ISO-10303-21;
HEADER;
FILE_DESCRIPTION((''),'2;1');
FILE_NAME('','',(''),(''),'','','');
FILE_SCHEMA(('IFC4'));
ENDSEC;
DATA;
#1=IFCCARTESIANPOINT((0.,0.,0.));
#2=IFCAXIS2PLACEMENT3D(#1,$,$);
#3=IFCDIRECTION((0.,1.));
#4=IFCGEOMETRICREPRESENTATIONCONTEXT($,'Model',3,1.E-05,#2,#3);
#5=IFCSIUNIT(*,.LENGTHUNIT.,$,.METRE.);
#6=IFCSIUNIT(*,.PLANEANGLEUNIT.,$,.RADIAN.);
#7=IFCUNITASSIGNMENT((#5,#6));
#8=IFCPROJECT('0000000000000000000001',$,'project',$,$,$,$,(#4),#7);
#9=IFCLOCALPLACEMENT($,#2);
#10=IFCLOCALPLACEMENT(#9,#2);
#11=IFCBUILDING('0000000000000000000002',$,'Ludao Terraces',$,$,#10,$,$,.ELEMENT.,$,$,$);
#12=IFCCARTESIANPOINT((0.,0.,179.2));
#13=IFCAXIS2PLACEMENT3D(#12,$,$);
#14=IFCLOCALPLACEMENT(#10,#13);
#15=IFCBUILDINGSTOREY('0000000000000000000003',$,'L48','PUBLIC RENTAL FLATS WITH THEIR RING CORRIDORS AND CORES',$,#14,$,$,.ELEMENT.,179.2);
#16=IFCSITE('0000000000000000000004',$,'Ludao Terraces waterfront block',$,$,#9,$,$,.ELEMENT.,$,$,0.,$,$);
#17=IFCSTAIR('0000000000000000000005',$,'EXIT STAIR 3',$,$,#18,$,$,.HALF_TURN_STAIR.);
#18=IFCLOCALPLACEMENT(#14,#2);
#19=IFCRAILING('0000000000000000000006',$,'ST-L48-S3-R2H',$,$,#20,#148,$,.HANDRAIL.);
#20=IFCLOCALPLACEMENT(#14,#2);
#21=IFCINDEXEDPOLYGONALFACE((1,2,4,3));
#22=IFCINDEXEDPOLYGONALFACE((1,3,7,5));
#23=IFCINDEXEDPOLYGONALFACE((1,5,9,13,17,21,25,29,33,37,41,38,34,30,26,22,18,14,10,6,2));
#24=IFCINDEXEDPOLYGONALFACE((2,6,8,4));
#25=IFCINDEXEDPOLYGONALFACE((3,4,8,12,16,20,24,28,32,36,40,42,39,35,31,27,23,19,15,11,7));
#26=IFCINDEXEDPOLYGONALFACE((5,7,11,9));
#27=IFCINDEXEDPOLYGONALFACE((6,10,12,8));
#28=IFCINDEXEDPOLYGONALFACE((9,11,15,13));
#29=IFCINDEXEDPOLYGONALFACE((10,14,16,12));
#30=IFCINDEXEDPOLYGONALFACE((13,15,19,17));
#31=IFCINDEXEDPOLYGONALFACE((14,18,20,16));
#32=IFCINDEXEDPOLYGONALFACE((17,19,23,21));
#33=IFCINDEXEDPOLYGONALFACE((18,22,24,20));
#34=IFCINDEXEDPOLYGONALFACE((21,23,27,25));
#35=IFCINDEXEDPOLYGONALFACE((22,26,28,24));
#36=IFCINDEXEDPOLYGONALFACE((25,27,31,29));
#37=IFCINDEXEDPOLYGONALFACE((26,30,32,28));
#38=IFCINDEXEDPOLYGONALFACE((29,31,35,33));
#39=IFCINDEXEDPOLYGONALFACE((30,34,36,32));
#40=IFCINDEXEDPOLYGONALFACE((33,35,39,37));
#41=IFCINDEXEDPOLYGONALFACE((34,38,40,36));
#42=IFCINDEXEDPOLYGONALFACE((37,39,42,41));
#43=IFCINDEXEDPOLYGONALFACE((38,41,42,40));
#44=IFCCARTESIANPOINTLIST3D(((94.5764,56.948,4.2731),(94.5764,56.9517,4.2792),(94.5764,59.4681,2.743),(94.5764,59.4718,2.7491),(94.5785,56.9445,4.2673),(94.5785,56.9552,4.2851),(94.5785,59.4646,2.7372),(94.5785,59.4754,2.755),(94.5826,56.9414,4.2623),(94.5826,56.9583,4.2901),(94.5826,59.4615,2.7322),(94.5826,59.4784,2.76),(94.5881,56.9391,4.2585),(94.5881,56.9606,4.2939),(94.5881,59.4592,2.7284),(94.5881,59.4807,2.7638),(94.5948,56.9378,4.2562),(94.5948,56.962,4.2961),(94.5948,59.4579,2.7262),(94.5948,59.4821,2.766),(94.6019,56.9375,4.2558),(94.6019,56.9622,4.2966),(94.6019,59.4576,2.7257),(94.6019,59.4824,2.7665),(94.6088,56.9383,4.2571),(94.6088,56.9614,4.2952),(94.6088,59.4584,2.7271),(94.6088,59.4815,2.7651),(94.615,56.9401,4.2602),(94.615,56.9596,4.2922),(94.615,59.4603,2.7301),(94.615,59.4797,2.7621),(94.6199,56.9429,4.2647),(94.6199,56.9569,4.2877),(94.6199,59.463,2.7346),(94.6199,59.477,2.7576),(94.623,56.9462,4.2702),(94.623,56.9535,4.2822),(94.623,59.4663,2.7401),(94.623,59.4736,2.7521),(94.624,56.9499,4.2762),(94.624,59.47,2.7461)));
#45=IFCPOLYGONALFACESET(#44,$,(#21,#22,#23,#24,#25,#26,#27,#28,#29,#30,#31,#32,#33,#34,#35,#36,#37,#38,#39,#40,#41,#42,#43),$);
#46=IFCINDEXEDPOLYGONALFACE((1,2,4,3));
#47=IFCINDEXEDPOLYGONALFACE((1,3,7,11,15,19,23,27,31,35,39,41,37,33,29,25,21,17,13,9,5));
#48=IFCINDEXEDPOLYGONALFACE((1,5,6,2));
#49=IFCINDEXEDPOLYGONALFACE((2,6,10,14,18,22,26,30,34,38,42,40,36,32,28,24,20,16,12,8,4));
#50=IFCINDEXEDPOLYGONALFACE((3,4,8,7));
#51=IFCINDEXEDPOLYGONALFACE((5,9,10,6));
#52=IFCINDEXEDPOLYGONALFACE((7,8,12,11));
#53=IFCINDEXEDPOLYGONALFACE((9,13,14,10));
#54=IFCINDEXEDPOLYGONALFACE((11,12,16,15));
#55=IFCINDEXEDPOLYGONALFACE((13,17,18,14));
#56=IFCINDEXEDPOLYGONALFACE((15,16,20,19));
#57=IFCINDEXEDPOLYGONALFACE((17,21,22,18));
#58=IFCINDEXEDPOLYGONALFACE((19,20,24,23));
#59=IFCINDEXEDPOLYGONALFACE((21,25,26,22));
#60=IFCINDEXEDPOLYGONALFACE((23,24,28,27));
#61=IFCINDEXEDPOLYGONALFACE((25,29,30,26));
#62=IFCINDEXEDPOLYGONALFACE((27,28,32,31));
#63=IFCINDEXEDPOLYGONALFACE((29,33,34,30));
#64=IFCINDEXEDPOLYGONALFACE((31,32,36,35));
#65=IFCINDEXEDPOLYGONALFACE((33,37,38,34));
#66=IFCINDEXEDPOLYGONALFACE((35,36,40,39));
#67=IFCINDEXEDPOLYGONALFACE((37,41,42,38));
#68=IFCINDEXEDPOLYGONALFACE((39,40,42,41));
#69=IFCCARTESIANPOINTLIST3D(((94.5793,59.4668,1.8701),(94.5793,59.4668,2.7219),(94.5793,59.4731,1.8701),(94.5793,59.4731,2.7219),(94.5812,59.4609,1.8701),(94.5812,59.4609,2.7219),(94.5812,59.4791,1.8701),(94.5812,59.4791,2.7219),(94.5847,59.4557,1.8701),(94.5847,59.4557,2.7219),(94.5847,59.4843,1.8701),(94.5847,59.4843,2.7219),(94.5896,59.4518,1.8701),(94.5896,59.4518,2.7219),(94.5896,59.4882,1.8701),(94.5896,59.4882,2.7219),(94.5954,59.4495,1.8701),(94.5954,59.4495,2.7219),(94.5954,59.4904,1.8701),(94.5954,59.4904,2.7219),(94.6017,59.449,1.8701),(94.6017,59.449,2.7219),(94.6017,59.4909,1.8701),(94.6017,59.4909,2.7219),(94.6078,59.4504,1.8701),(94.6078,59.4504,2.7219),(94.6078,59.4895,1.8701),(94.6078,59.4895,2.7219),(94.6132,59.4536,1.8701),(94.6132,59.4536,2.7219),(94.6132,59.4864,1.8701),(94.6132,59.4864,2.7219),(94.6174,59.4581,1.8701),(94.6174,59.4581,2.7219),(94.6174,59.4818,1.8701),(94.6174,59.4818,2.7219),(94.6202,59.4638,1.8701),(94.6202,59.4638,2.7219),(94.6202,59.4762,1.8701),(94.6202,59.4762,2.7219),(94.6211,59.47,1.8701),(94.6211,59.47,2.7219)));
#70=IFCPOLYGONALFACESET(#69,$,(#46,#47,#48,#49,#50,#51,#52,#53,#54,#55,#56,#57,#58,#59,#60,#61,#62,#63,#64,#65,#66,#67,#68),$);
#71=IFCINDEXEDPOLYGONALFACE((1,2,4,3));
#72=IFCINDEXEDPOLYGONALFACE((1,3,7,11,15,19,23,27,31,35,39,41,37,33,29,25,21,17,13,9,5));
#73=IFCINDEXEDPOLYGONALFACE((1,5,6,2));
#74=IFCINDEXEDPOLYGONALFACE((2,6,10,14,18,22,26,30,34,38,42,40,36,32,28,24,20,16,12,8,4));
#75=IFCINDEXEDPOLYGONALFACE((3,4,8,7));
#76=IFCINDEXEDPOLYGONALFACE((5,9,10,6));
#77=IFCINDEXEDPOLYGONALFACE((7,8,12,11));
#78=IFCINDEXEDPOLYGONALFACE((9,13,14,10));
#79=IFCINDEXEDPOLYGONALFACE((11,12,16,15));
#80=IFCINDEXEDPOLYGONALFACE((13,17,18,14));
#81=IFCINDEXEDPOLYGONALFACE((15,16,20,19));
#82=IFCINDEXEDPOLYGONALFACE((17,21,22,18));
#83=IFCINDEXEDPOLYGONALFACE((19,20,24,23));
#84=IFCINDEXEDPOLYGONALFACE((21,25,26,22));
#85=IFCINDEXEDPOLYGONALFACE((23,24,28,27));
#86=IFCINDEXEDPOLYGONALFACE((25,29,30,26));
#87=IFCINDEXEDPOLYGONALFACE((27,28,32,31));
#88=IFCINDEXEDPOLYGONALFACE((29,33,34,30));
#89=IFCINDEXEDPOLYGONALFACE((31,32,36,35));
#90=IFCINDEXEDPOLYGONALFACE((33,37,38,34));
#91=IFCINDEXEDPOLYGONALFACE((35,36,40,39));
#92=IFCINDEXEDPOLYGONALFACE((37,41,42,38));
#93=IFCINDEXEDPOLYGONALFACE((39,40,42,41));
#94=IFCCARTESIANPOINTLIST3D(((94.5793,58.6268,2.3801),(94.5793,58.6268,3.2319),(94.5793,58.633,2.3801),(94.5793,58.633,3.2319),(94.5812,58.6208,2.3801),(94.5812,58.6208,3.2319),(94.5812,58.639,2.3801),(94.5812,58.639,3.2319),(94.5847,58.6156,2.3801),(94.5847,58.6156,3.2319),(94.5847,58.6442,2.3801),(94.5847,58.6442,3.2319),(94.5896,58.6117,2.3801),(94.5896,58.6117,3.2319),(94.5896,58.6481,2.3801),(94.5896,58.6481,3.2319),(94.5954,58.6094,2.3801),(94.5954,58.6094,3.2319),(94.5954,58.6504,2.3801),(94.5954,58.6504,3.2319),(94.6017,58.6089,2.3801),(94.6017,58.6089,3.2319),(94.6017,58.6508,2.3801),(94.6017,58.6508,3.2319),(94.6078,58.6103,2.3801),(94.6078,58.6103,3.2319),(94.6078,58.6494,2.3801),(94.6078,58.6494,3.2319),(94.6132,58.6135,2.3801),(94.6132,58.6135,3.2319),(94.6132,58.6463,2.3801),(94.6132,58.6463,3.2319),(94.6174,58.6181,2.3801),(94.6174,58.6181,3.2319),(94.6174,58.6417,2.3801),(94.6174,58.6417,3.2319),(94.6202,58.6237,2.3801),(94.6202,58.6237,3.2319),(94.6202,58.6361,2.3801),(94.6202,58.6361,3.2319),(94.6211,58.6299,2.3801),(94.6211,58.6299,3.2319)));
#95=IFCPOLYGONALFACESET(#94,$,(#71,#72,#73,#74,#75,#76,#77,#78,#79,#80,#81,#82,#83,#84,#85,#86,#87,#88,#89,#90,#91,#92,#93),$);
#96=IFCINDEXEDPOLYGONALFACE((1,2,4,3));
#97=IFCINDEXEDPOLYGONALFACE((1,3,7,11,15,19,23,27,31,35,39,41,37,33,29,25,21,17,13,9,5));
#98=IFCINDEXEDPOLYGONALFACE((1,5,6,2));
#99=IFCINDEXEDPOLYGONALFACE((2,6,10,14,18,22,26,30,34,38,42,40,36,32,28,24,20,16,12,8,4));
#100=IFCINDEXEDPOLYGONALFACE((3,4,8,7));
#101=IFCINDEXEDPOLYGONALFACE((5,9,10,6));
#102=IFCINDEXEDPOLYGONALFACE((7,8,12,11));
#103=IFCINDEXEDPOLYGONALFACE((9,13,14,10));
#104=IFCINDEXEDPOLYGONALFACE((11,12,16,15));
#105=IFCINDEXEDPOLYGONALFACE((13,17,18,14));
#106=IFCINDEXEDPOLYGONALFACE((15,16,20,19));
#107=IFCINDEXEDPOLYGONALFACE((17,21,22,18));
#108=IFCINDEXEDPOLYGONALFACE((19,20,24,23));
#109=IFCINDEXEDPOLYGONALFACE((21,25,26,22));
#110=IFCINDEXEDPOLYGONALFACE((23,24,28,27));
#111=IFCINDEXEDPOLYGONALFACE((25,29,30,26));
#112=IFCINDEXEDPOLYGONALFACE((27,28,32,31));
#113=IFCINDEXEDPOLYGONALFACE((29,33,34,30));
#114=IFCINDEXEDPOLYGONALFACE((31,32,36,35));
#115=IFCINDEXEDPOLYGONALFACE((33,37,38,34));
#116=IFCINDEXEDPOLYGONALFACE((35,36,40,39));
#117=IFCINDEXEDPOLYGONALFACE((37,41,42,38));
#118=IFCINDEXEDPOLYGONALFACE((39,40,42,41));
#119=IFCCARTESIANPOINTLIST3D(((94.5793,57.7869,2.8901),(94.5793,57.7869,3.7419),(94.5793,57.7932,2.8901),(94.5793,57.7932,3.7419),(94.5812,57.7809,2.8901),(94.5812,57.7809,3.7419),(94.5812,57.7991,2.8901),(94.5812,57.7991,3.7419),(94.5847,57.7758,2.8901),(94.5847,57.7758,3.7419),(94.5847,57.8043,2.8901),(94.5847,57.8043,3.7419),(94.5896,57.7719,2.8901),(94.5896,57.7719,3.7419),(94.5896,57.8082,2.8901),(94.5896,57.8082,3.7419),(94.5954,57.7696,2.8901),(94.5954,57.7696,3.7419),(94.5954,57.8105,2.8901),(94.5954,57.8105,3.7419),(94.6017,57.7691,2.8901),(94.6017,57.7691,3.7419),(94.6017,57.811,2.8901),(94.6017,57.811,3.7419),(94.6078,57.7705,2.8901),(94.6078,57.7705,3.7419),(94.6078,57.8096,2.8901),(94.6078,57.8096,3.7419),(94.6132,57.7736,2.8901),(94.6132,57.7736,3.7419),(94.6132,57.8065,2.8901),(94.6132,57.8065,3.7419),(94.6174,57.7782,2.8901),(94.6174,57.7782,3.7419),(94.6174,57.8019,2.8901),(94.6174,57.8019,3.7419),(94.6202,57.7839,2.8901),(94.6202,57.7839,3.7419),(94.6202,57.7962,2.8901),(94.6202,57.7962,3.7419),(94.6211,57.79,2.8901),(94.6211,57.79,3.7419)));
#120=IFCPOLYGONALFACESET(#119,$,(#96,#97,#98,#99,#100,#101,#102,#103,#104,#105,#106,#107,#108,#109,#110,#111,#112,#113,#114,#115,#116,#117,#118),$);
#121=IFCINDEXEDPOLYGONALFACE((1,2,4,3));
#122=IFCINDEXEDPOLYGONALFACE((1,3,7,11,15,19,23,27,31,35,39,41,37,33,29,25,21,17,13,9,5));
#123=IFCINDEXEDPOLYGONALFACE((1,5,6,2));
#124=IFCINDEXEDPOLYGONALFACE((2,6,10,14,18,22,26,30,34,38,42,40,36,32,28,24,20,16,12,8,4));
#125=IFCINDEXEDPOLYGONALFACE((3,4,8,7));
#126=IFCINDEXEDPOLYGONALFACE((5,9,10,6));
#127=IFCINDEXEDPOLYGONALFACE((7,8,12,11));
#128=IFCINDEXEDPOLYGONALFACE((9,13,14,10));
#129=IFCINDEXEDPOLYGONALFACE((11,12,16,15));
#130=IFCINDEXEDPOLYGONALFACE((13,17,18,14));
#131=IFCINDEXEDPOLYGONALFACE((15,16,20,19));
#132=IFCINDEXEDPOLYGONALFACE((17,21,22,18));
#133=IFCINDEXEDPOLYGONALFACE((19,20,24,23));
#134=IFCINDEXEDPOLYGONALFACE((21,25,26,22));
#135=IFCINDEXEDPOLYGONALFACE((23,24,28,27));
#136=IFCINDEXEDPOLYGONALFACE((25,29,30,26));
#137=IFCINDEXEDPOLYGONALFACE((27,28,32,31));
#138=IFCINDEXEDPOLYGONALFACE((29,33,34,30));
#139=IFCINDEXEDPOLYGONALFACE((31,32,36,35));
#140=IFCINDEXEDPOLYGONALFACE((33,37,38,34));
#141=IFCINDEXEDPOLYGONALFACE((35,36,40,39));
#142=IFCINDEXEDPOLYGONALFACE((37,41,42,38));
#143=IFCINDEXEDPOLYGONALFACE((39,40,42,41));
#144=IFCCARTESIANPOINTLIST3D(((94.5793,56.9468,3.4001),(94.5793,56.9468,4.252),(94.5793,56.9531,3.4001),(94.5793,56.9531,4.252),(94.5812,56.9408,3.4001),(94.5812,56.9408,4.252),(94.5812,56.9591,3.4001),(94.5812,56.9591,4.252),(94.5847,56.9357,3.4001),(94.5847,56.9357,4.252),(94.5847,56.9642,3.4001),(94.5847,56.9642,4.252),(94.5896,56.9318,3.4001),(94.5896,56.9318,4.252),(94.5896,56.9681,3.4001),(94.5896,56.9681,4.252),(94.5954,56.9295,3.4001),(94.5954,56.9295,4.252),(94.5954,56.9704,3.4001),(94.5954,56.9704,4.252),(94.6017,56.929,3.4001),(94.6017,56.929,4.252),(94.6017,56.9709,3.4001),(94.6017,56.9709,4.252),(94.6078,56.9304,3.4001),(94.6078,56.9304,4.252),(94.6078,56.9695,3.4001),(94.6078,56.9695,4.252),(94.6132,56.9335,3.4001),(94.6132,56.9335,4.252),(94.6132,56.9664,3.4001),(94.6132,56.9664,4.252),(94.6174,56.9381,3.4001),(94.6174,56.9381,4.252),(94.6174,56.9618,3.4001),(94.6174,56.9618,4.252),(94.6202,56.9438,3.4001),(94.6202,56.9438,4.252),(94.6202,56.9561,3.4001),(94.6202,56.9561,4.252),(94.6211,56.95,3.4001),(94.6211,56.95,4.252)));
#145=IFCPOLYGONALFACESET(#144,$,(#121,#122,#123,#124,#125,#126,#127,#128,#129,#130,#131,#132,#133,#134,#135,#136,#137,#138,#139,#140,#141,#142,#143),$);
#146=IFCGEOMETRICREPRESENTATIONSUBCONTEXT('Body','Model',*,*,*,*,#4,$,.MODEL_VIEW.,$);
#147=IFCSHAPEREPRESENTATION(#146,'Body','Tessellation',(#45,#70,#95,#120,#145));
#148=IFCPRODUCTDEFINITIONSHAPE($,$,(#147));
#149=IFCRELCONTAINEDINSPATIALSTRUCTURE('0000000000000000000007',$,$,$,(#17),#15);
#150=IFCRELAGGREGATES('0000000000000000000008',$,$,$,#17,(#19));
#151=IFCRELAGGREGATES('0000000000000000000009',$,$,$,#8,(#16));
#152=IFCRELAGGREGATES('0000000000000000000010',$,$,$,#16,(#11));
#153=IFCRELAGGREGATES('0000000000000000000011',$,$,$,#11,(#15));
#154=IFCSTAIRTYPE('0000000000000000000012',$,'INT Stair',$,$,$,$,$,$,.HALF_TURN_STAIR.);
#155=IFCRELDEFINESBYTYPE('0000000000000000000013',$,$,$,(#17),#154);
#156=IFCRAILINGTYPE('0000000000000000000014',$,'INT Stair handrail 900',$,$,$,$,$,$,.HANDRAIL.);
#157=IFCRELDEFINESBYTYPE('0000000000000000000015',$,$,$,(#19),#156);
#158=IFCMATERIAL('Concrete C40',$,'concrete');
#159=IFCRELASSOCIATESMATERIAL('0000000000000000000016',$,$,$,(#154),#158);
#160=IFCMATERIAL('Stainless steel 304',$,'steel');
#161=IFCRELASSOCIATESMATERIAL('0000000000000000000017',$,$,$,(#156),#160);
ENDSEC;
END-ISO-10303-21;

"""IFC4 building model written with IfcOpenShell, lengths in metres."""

from ifc_helpers import new_model, si_unit, direction, frame, origin, origin_2d, place, context, subcontext, project, spatial, circle, extrude, material, type_object, element, aggregate, save


model = new_model("IFC4")

# Units and contexts
model_context = context("Model", 3, precision=1e-05, world=origin(), true_north=direction((0.0, 1.0)))
body_context = subcontext(model_context, "Body", "Model", "MODEL_VIEW")
ifc_project = project(units=[si_unit("LENGTHUNIT", "METRE"), si_unit("PLANEANGLEUNIT", "RADIAN")], contexts=[model_context])

# Site, building, storey
site_placement = place(None, origin())
site = spatial("IfcSite", under=ifc_project, at=site_placement, Name="Ludao Terraces waterfront block", CompositionType="ELEMENT", RefElevation=0.0)
building_placement = place(site_placement, origin())
building = spatial("IfcBuilding", under=site, at=building_placement, Name="Ludao Terraces", CompositionType="ELEMENT")
storey_placement = place(building_placement, frame((0.0, 0.0, 179.2)))
storey = spatial("IfcBuildingStorey", under=building, at=storey_placement, Name="L48", Description="PUBLIC RENTAL FLATS WITH THEIR RING CORRIDORS AND CORES", CompositionType="ELEMENT", Elevation=179.2)

# Shared definitions
ifc_material_1 = material(Name="Concrete C40", Category="concrete")

# Stair, railing
stair_type = type_object("IfcStairType", Name="INT Stair", PredefinedType="HALF_TURN_STAIR", material=ifc_material_1)
stair_placement = place(storey_placement, origin())
stair = element("IfcStair", 1, at=stair_placement, inside=storey, type_object=stair_type, Name="EXIT STAIR 3", PredefinedType="HALF_TURN_STAIR")
ifc_material_2 = material(Name="Stainless steel 304", Category="steel")
railing_type_1 = type_object("IfcRailingType", Name="INT Stair handrail 900", PredefinedType="HANDRAIL", material=ifc_material_2)
railing_1_placement = place(storey_placement, frame((94.6001, 59.47, 1.8701)))
railing_1 = element("IfcRailing", 2, at=railing_1_placement, type_object=railing_type_1, Name="ST-L48-S3-R2H", PredefinedType="HANDRAIL", context=body_context, shape_type="SweptSolid", body=[
    extrude(circle(Radius=0.0239, at=origin_2d()), frame((0.0, 0.0, 0.876), z_axis=(0.0, -0.854785, 0.518982), x_axis=(1.0, 0.0, 0.0)), (0.0, 0.0, 1.0), 2.9482),
    extrude(circle(Radius=0.021, at=origin_2d()), origin(), (0.0, 0.0, 1.0), 0.8518),
    extrude(circle(Radius=0.021, at=origin_2d()), frame((0.0, -0.8401, 0.51)), (0.0, 0.0, 1.0), 0.8518),
    extrude(circle(Radius=0.021, at=origin_2d()), frame((0.0, -1.6799, 1.02)), (0.0, 0.0, 1.0), 0.8518),
    extrude(circle(Radius=0.021, at=origin_2d()), frame((0.0, -2.52, 1.53)), (0.0, 0.0, 1.0), 0.8518),
])
aggregate(stair, [railing_1])

save(model, "model.ifc")
